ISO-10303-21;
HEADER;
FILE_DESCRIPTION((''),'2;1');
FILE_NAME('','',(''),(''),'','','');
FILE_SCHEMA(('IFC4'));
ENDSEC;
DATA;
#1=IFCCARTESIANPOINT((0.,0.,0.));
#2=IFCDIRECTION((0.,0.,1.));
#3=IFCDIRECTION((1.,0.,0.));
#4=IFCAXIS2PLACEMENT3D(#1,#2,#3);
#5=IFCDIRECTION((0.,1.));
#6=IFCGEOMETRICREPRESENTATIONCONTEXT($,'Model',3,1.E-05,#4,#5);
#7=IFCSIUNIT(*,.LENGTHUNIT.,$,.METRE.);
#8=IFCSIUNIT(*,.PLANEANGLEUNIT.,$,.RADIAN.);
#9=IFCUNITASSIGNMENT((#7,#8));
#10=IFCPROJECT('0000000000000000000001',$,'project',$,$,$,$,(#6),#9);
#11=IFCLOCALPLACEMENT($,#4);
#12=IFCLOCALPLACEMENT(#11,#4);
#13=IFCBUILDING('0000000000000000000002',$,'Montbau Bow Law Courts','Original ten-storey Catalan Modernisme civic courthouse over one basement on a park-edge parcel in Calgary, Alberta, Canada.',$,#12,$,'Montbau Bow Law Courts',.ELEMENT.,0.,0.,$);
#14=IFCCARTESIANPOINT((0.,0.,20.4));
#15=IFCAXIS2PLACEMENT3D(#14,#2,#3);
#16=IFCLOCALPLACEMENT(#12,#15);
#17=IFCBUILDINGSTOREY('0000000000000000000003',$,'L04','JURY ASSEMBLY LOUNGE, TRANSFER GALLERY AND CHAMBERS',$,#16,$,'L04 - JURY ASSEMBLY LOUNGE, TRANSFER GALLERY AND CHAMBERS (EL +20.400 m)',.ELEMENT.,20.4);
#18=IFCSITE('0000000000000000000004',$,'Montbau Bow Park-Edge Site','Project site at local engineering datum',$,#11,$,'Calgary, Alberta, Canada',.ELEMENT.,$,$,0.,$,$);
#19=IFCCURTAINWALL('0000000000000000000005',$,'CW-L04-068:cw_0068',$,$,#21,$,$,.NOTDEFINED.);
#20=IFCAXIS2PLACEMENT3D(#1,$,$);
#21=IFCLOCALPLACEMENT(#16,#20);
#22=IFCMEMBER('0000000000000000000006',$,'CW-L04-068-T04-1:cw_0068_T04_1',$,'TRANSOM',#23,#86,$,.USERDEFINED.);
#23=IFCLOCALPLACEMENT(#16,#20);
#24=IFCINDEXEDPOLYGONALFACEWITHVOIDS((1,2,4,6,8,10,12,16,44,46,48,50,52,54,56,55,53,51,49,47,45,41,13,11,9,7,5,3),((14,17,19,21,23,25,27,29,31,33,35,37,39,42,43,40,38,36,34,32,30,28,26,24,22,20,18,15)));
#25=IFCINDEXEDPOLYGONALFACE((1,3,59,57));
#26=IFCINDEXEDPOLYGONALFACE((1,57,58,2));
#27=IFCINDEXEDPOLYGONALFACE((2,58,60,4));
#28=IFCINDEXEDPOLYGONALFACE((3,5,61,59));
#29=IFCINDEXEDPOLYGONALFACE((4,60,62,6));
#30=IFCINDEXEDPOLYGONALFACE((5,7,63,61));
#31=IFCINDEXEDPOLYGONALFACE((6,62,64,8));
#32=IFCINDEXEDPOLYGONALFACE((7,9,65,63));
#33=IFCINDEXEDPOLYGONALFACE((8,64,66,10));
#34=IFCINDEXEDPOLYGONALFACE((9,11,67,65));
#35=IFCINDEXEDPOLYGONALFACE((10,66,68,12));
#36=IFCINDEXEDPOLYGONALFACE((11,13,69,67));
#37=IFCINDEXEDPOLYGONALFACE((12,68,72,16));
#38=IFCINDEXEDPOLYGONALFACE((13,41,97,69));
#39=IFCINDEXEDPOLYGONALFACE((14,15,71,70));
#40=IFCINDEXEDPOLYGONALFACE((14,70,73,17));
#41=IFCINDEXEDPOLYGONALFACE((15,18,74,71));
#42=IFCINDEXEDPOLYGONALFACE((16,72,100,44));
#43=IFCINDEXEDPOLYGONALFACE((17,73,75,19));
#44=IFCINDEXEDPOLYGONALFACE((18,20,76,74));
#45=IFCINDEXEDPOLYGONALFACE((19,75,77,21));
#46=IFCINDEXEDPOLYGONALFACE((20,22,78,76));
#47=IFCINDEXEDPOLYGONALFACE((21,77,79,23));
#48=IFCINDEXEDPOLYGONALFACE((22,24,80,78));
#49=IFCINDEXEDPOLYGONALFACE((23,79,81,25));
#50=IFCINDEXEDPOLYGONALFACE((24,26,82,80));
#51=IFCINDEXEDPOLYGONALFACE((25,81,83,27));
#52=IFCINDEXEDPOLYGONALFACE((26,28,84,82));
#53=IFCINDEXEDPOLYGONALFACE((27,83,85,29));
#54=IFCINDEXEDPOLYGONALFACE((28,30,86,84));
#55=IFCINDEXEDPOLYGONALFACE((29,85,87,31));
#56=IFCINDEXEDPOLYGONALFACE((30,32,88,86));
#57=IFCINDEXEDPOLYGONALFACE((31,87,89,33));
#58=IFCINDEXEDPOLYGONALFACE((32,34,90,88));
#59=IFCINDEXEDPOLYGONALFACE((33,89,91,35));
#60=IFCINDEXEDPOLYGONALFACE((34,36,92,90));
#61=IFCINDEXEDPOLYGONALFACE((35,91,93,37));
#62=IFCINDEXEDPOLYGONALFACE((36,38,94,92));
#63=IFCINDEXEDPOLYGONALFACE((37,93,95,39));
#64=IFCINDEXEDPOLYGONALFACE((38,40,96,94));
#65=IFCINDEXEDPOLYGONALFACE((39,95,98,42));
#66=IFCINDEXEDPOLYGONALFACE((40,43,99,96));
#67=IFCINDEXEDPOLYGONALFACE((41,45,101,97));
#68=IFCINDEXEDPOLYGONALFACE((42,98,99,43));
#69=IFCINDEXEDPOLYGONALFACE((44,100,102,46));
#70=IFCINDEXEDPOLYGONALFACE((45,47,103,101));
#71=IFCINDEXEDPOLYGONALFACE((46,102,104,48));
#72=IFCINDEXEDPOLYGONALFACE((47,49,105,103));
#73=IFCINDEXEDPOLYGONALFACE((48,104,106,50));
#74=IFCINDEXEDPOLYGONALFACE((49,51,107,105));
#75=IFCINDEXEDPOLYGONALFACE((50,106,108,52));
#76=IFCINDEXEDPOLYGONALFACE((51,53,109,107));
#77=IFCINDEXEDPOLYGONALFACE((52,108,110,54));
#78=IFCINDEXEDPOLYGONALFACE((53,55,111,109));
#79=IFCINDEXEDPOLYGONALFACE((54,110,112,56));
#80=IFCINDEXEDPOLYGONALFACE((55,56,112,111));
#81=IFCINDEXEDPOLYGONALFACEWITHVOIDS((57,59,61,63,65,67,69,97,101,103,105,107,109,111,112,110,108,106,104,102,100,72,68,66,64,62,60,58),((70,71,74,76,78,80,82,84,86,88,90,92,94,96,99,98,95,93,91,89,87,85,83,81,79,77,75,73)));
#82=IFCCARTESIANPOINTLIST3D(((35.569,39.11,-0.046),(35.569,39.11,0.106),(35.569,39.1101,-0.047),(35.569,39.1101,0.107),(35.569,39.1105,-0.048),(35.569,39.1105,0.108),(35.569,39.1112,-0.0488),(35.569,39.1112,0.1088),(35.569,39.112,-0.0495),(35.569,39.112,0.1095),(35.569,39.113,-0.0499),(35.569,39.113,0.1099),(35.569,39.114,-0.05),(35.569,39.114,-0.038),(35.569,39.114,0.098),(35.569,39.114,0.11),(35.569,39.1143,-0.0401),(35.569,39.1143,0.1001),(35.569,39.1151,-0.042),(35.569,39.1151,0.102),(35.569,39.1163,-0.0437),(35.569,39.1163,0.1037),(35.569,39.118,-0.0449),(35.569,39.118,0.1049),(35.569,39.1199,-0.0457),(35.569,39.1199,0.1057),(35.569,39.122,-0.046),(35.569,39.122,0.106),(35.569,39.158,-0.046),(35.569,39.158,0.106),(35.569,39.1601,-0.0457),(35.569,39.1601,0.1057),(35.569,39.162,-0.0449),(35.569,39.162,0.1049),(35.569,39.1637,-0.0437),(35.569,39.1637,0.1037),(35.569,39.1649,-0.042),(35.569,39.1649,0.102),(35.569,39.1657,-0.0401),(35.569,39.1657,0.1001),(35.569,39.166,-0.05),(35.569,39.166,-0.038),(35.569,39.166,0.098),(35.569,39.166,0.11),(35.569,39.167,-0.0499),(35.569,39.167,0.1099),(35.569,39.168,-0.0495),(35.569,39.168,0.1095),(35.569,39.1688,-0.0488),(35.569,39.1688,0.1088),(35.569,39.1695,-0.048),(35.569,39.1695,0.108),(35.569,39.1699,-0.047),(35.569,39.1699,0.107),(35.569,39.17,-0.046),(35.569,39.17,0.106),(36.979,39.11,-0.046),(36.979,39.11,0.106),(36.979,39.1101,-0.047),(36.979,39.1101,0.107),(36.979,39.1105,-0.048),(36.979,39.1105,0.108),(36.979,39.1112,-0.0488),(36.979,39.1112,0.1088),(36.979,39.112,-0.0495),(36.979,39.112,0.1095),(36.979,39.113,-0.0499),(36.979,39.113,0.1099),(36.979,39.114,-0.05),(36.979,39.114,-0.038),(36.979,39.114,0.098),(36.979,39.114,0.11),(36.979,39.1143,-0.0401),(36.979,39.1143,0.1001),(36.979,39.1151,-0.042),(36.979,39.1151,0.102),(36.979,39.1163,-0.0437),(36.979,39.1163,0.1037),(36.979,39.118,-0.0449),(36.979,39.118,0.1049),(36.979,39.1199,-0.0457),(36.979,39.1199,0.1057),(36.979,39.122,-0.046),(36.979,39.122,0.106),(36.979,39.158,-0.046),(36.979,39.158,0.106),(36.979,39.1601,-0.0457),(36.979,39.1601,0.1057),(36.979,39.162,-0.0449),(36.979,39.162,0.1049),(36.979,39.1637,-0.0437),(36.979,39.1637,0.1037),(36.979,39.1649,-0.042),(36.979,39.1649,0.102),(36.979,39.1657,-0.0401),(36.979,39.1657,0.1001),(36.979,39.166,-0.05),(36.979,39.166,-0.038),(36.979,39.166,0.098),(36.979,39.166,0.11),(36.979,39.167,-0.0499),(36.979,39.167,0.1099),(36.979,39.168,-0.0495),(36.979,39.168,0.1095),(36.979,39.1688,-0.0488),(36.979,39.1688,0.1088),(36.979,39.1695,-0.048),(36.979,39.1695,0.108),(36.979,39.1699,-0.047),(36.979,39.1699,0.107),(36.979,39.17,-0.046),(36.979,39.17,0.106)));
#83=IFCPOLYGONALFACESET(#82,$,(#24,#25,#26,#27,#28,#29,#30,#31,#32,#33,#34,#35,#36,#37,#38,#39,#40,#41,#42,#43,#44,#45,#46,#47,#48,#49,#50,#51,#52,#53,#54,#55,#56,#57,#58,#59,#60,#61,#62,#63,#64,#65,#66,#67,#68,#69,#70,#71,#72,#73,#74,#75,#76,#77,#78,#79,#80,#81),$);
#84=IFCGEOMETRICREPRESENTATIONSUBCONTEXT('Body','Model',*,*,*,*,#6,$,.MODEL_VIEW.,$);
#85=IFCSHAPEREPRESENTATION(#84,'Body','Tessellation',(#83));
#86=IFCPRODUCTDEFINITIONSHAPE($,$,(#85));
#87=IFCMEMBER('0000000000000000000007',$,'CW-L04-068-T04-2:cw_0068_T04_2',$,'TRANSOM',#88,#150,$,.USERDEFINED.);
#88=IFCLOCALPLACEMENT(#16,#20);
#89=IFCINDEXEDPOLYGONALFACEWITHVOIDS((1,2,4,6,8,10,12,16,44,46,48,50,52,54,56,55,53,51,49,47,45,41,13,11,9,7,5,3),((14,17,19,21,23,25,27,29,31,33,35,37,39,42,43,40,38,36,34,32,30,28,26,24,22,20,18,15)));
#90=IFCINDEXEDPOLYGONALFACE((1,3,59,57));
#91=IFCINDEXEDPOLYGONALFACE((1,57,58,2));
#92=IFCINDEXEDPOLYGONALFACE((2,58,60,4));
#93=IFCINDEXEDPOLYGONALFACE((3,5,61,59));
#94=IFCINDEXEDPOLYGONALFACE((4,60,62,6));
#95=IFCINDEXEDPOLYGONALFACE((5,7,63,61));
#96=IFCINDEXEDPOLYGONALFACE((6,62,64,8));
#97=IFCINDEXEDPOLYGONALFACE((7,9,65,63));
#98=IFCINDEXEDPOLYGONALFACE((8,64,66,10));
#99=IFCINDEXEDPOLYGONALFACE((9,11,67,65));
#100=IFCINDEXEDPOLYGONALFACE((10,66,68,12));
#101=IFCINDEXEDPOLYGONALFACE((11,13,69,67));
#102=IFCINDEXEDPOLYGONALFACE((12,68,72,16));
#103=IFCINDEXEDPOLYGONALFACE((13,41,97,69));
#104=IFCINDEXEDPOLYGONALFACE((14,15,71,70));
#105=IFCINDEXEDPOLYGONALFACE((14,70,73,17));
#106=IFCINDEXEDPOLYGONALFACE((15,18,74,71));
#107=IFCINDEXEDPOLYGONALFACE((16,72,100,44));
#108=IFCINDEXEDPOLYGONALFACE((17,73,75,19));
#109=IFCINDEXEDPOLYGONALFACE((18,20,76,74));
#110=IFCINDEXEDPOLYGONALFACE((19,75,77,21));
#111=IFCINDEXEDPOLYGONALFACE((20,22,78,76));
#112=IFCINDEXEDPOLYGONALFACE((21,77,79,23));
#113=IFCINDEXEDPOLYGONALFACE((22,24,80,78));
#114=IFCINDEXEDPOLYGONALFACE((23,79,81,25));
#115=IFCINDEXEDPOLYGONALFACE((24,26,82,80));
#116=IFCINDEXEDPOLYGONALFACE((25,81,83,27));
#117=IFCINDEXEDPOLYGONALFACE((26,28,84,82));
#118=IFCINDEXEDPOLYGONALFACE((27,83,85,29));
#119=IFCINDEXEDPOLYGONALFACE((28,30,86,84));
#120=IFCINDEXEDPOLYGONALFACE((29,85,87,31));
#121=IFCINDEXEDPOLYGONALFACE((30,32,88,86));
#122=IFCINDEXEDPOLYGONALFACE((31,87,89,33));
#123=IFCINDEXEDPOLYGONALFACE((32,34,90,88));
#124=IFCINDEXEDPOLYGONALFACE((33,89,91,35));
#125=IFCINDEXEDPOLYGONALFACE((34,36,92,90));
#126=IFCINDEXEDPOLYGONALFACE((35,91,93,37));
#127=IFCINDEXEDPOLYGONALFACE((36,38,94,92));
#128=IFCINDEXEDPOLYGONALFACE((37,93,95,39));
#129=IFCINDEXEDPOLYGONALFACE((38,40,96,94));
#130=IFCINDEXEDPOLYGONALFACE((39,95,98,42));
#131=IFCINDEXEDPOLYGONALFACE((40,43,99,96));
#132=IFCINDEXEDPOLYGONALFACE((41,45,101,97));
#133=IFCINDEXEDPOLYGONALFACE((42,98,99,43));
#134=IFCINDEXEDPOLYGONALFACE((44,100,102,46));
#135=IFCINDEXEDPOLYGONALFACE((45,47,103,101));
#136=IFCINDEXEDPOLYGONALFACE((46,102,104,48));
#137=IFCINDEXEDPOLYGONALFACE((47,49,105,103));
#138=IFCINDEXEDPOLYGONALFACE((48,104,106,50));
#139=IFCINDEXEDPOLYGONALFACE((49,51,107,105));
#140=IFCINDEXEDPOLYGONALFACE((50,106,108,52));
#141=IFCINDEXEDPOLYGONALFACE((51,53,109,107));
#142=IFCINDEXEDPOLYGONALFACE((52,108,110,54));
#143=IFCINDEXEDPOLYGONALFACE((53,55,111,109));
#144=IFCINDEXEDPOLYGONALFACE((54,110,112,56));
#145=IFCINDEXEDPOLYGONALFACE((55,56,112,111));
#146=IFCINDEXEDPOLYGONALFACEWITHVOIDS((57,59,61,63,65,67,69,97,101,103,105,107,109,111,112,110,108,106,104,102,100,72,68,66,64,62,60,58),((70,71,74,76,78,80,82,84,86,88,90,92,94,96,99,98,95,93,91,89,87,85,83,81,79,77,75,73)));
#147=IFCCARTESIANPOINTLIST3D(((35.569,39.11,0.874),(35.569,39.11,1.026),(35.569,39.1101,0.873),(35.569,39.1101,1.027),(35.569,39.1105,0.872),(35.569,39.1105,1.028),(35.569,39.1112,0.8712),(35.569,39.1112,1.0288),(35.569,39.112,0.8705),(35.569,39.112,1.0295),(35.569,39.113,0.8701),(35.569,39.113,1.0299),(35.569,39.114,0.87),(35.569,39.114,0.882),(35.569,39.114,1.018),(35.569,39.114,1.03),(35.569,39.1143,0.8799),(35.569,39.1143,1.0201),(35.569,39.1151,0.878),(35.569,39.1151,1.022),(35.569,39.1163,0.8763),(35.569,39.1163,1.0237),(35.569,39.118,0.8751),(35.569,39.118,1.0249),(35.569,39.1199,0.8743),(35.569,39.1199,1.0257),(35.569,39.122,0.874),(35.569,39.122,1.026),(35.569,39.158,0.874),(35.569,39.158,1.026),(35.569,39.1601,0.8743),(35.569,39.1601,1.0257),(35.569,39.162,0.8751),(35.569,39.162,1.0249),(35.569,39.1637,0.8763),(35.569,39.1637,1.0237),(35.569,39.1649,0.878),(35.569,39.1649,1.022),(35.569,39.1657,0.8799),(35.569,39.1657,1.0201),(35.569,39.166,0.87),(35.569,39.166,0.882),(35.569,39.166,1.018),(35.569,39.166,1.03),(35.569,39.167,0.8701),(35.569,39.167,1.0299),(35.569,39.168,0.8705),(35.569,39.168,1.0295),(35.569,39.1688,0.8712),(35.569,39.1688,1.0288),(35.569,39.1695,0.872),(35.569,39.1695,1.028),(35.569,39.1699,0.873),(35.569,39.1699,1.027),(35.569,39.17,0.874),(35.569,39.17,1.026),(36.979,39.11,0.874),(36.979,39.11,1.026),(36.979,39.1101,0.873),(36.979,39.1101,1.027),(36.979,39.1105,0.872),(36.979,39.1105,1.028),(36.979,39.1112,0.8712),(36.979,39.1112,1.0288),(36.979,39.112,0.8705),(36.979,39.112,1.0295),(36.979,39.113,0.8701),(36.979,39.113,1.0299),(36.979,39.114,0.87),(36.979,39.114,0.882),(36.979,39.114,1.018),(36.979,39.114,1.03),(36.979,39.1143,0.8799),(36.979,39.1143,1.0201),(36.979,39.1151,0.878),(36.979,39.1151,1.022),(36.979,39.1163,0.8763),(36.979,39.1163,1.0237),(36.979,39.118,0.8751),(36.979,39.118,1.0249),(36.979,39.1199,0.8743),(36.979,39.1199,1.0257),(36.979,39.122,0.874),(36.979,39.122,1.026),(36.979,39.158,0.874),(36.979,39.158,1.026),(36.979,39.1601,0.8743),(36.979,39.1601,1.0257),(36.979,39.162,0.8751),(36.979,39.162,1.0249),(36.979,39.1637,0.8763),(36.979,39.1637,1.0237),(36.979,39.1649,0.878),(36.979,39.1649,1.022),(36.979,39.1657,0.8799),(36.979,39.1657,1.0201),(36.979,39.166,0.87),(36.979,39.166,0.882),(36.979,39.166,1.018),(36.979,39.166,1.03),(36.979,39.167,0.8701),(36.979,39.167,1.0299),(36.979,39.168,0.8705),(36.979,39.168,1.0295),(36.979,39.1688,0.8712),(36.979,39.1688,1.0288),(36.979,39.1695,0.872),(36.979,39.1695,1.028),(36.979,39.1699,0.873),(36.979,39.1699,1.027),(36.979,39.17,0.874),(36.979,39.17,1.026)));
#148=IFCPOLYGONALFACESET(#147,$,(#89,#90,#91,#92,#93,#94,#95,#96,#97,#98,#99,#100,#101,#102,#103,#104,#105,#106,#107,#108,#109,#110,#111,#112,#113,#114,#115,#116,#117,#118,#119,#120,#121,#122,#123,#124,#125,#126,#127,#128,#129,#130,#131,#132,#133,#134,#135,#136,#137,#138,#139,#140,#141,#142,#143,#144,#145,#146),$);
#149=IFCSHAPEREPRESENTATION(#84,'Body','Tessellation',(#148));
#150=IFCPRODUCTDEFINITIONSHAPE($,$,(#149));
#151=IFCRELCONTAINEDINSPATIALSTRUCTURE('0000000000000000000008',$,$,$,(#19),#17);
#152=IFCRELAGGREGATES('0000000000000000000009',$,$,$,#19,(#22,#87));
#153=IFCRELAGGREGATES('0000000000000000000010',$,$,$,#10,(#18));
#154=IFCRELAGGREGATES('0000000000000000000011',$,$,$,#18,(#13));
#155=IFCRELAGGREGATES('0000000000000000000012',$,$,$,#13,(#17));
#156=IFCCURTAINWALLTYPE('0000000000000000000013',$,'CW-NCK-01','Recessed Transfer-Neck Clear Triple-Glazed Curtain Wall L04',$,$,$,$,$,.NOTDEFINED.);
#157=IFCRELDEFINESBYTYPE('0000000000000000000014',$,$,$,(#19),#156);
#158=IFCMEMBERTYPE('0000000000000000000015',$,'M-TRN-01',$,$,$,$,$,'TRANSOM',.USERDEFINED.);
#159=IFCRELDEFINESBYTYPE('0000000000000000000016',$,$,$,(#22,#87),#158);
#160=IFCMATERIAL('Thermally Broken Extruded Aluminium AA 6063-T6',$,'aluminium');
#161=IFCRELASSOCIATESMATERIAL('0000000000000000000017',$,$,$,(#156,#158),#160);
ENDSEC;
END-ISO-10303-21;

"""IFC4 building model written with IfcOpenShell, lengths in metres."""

from ifc_helpers import new_model, si_unit, direction, frame, origin_with_axes, origin_2d_with_axis, place, context, subcontext, project, spatial, hollow_rectangle, extrude, material, material_profile, profile_set, type_object, element, aggregate, save


model = new_model("IFC4")

# Units and contexts
model_context = context("Model", 3, precision=1e-05, world=origin_with_axes(), true_north=direction((0.0, 1.0)))
body_context = subcontext(model_context, "Body", "Model", "MODEL_VIEW")
ifc_project = project(units=[si_unit("LENGTHUNIT", "METRE"), si_unit("PLANEANGLEUNIT", "RADIAN")], contexts=[model_context])

# Site, building, storey
site_placement = place(None, origin_with_axes())
site = spatial("IfcSite", under=ifc_project, at=site_placement, Name="Montbau Bow Park-Edge Site", Description="Project site at local engineering datum", LongName="Calgary, Alberta, Canada", CompositionType="ELEMENT", RefElevation=0.0)
building_placement = place(site_placement, origin_with_axes())
building = spatial("IfcBuilding", under=site, at=building_placement, Name="Montbau Bow Law Courts", Description="Original ten-storey Catalan Modernisme civic courthouse over one basement on a park-edge parcel in Calgary, Alberta, Canada.", LongName="Montbau Bow Law Courts", CompositionType="ELEMENT", ElevationOfRefHeight=0.0, ElevationOfTerrain=0.0)
storey_placement = place(building_placement, frame((0.0, 0.0, 20.4), z_axis=(0.0, 0.0, 1.0), x_axis=(1.0, 0.0, 0.0)))
storey = spatial("IfcBuildingStorey", under=building, at=storey_placement, Name="L04", Description="JURY ASSEMBLY LOUNGE, TRANSFER GALLERY AND CHAMBERS", LongName="L04 - JURY ASSEMBLY LOUNGE, TRANSFER GALLERY AND CHAMBERS (EL +20.400 m)", CompositionType="ELEMENT", Elevation=20.4)

# Curtain wall, members
ifc_material_1 = material(Name="Thermally Broken Extruded Aluminium AA 6063-T6", Category="aluminium")
curtain_wall_type = type_object("IfcCurtainWallType", Name="CW-NCK-01", Description="Recessed Transfer-Neck Clear Triple-Glazed Curtain Wall L04", PredefinedType="NOTDEFINED", material=ifc_material_1)
curtain_wall_placement = place(None, frame((31.115, 39.14, 20.4), z_axis=(0.0, 0.0, 1.0), x_axis=(1.0, 0.0, 0.0)))
curtain_wall = element("IfcCurtainWall", 1, at=curtain_wall_placement, inside=storey, type_object=curtain_wall_type, Name="CW-L04-068:cw_0068", PredefinedType="NOTDEFINED")
ifc_material_profile_1 = material_profile(ifc_material_1, hollow_rectangle(XDim=0.06, YDim=0.16, WallThickness=0.004, InnerFilletRadius=0.008, OuterFilletRadius=0.004, at=origin_2d_with_axis()), Name="CWT-160X60", Category="Main", Priority=0)
ifc_profile_set_1 = profile_set([ifc_material_profile_1], Name="Thermally Broken Extruded Aluminium AA 6063-T6")
member_type_1 = type_object("IfcMemberType", Name="M-TRN-01", ElementType="TRANSOM", PredefinedType="USERDEFINED", material=ifc_profile_set_1)
member_1_placement = place(None, frame((35.569, 39.14, 20.43), z_axis=(1.0, 0.0, 0.0), x_axis=(0.0, 1.0, 0.0)))
member_1 = element("IfcMember", 2, at=member_1_placement, type_object=member_type_1, Name="CW-L04-068-T04-1:cw_0068_T04_1", ObjectType="TRANSOM", PredefinedType="USERDEFINED", context=body_context, shape_type="SweptSolid", body=[
    extrude(hollow_rectangle(XDim=0.06, YDim=0.16, WallThickness=0.004, InnerFilletRadius=0.008, OuterFilletRadius=0.004, at=origin_2d_with_axis()), origin_with_axes(), (0.0, 0.0, 1.0), 1.41),
])
member_2_placement = place(None, frame((35.569, 39.14, 21.35), z_axis=(1.0, 0.0, 0.0), x_axis=(0.0, 1.0, 0.0)))
member_2 = element("IfcMember", 3, at=member_2_placement, type_object=member_type_1, Name="CW-L04-068-T04-2:cw_0068_T04_2", ObjectType="TRANSOM", PredefinedType="USERDEFINED", context=body_context, shape_type="SweptSolid", body=[
    extrude(hollow_rectangle(XDim=0.06, YDim=0.16, WallThickness=0.004, InnerFilletRadius=0.008, OuterFilletRadius=0.004, at=origin_2d_with_axis()), origin_with_axes(), (0.0, 0.0, 1.0), 1.41),
])
aggregate(curtain_wall, [member_1, member_2])

save(model, "model.ifc")
